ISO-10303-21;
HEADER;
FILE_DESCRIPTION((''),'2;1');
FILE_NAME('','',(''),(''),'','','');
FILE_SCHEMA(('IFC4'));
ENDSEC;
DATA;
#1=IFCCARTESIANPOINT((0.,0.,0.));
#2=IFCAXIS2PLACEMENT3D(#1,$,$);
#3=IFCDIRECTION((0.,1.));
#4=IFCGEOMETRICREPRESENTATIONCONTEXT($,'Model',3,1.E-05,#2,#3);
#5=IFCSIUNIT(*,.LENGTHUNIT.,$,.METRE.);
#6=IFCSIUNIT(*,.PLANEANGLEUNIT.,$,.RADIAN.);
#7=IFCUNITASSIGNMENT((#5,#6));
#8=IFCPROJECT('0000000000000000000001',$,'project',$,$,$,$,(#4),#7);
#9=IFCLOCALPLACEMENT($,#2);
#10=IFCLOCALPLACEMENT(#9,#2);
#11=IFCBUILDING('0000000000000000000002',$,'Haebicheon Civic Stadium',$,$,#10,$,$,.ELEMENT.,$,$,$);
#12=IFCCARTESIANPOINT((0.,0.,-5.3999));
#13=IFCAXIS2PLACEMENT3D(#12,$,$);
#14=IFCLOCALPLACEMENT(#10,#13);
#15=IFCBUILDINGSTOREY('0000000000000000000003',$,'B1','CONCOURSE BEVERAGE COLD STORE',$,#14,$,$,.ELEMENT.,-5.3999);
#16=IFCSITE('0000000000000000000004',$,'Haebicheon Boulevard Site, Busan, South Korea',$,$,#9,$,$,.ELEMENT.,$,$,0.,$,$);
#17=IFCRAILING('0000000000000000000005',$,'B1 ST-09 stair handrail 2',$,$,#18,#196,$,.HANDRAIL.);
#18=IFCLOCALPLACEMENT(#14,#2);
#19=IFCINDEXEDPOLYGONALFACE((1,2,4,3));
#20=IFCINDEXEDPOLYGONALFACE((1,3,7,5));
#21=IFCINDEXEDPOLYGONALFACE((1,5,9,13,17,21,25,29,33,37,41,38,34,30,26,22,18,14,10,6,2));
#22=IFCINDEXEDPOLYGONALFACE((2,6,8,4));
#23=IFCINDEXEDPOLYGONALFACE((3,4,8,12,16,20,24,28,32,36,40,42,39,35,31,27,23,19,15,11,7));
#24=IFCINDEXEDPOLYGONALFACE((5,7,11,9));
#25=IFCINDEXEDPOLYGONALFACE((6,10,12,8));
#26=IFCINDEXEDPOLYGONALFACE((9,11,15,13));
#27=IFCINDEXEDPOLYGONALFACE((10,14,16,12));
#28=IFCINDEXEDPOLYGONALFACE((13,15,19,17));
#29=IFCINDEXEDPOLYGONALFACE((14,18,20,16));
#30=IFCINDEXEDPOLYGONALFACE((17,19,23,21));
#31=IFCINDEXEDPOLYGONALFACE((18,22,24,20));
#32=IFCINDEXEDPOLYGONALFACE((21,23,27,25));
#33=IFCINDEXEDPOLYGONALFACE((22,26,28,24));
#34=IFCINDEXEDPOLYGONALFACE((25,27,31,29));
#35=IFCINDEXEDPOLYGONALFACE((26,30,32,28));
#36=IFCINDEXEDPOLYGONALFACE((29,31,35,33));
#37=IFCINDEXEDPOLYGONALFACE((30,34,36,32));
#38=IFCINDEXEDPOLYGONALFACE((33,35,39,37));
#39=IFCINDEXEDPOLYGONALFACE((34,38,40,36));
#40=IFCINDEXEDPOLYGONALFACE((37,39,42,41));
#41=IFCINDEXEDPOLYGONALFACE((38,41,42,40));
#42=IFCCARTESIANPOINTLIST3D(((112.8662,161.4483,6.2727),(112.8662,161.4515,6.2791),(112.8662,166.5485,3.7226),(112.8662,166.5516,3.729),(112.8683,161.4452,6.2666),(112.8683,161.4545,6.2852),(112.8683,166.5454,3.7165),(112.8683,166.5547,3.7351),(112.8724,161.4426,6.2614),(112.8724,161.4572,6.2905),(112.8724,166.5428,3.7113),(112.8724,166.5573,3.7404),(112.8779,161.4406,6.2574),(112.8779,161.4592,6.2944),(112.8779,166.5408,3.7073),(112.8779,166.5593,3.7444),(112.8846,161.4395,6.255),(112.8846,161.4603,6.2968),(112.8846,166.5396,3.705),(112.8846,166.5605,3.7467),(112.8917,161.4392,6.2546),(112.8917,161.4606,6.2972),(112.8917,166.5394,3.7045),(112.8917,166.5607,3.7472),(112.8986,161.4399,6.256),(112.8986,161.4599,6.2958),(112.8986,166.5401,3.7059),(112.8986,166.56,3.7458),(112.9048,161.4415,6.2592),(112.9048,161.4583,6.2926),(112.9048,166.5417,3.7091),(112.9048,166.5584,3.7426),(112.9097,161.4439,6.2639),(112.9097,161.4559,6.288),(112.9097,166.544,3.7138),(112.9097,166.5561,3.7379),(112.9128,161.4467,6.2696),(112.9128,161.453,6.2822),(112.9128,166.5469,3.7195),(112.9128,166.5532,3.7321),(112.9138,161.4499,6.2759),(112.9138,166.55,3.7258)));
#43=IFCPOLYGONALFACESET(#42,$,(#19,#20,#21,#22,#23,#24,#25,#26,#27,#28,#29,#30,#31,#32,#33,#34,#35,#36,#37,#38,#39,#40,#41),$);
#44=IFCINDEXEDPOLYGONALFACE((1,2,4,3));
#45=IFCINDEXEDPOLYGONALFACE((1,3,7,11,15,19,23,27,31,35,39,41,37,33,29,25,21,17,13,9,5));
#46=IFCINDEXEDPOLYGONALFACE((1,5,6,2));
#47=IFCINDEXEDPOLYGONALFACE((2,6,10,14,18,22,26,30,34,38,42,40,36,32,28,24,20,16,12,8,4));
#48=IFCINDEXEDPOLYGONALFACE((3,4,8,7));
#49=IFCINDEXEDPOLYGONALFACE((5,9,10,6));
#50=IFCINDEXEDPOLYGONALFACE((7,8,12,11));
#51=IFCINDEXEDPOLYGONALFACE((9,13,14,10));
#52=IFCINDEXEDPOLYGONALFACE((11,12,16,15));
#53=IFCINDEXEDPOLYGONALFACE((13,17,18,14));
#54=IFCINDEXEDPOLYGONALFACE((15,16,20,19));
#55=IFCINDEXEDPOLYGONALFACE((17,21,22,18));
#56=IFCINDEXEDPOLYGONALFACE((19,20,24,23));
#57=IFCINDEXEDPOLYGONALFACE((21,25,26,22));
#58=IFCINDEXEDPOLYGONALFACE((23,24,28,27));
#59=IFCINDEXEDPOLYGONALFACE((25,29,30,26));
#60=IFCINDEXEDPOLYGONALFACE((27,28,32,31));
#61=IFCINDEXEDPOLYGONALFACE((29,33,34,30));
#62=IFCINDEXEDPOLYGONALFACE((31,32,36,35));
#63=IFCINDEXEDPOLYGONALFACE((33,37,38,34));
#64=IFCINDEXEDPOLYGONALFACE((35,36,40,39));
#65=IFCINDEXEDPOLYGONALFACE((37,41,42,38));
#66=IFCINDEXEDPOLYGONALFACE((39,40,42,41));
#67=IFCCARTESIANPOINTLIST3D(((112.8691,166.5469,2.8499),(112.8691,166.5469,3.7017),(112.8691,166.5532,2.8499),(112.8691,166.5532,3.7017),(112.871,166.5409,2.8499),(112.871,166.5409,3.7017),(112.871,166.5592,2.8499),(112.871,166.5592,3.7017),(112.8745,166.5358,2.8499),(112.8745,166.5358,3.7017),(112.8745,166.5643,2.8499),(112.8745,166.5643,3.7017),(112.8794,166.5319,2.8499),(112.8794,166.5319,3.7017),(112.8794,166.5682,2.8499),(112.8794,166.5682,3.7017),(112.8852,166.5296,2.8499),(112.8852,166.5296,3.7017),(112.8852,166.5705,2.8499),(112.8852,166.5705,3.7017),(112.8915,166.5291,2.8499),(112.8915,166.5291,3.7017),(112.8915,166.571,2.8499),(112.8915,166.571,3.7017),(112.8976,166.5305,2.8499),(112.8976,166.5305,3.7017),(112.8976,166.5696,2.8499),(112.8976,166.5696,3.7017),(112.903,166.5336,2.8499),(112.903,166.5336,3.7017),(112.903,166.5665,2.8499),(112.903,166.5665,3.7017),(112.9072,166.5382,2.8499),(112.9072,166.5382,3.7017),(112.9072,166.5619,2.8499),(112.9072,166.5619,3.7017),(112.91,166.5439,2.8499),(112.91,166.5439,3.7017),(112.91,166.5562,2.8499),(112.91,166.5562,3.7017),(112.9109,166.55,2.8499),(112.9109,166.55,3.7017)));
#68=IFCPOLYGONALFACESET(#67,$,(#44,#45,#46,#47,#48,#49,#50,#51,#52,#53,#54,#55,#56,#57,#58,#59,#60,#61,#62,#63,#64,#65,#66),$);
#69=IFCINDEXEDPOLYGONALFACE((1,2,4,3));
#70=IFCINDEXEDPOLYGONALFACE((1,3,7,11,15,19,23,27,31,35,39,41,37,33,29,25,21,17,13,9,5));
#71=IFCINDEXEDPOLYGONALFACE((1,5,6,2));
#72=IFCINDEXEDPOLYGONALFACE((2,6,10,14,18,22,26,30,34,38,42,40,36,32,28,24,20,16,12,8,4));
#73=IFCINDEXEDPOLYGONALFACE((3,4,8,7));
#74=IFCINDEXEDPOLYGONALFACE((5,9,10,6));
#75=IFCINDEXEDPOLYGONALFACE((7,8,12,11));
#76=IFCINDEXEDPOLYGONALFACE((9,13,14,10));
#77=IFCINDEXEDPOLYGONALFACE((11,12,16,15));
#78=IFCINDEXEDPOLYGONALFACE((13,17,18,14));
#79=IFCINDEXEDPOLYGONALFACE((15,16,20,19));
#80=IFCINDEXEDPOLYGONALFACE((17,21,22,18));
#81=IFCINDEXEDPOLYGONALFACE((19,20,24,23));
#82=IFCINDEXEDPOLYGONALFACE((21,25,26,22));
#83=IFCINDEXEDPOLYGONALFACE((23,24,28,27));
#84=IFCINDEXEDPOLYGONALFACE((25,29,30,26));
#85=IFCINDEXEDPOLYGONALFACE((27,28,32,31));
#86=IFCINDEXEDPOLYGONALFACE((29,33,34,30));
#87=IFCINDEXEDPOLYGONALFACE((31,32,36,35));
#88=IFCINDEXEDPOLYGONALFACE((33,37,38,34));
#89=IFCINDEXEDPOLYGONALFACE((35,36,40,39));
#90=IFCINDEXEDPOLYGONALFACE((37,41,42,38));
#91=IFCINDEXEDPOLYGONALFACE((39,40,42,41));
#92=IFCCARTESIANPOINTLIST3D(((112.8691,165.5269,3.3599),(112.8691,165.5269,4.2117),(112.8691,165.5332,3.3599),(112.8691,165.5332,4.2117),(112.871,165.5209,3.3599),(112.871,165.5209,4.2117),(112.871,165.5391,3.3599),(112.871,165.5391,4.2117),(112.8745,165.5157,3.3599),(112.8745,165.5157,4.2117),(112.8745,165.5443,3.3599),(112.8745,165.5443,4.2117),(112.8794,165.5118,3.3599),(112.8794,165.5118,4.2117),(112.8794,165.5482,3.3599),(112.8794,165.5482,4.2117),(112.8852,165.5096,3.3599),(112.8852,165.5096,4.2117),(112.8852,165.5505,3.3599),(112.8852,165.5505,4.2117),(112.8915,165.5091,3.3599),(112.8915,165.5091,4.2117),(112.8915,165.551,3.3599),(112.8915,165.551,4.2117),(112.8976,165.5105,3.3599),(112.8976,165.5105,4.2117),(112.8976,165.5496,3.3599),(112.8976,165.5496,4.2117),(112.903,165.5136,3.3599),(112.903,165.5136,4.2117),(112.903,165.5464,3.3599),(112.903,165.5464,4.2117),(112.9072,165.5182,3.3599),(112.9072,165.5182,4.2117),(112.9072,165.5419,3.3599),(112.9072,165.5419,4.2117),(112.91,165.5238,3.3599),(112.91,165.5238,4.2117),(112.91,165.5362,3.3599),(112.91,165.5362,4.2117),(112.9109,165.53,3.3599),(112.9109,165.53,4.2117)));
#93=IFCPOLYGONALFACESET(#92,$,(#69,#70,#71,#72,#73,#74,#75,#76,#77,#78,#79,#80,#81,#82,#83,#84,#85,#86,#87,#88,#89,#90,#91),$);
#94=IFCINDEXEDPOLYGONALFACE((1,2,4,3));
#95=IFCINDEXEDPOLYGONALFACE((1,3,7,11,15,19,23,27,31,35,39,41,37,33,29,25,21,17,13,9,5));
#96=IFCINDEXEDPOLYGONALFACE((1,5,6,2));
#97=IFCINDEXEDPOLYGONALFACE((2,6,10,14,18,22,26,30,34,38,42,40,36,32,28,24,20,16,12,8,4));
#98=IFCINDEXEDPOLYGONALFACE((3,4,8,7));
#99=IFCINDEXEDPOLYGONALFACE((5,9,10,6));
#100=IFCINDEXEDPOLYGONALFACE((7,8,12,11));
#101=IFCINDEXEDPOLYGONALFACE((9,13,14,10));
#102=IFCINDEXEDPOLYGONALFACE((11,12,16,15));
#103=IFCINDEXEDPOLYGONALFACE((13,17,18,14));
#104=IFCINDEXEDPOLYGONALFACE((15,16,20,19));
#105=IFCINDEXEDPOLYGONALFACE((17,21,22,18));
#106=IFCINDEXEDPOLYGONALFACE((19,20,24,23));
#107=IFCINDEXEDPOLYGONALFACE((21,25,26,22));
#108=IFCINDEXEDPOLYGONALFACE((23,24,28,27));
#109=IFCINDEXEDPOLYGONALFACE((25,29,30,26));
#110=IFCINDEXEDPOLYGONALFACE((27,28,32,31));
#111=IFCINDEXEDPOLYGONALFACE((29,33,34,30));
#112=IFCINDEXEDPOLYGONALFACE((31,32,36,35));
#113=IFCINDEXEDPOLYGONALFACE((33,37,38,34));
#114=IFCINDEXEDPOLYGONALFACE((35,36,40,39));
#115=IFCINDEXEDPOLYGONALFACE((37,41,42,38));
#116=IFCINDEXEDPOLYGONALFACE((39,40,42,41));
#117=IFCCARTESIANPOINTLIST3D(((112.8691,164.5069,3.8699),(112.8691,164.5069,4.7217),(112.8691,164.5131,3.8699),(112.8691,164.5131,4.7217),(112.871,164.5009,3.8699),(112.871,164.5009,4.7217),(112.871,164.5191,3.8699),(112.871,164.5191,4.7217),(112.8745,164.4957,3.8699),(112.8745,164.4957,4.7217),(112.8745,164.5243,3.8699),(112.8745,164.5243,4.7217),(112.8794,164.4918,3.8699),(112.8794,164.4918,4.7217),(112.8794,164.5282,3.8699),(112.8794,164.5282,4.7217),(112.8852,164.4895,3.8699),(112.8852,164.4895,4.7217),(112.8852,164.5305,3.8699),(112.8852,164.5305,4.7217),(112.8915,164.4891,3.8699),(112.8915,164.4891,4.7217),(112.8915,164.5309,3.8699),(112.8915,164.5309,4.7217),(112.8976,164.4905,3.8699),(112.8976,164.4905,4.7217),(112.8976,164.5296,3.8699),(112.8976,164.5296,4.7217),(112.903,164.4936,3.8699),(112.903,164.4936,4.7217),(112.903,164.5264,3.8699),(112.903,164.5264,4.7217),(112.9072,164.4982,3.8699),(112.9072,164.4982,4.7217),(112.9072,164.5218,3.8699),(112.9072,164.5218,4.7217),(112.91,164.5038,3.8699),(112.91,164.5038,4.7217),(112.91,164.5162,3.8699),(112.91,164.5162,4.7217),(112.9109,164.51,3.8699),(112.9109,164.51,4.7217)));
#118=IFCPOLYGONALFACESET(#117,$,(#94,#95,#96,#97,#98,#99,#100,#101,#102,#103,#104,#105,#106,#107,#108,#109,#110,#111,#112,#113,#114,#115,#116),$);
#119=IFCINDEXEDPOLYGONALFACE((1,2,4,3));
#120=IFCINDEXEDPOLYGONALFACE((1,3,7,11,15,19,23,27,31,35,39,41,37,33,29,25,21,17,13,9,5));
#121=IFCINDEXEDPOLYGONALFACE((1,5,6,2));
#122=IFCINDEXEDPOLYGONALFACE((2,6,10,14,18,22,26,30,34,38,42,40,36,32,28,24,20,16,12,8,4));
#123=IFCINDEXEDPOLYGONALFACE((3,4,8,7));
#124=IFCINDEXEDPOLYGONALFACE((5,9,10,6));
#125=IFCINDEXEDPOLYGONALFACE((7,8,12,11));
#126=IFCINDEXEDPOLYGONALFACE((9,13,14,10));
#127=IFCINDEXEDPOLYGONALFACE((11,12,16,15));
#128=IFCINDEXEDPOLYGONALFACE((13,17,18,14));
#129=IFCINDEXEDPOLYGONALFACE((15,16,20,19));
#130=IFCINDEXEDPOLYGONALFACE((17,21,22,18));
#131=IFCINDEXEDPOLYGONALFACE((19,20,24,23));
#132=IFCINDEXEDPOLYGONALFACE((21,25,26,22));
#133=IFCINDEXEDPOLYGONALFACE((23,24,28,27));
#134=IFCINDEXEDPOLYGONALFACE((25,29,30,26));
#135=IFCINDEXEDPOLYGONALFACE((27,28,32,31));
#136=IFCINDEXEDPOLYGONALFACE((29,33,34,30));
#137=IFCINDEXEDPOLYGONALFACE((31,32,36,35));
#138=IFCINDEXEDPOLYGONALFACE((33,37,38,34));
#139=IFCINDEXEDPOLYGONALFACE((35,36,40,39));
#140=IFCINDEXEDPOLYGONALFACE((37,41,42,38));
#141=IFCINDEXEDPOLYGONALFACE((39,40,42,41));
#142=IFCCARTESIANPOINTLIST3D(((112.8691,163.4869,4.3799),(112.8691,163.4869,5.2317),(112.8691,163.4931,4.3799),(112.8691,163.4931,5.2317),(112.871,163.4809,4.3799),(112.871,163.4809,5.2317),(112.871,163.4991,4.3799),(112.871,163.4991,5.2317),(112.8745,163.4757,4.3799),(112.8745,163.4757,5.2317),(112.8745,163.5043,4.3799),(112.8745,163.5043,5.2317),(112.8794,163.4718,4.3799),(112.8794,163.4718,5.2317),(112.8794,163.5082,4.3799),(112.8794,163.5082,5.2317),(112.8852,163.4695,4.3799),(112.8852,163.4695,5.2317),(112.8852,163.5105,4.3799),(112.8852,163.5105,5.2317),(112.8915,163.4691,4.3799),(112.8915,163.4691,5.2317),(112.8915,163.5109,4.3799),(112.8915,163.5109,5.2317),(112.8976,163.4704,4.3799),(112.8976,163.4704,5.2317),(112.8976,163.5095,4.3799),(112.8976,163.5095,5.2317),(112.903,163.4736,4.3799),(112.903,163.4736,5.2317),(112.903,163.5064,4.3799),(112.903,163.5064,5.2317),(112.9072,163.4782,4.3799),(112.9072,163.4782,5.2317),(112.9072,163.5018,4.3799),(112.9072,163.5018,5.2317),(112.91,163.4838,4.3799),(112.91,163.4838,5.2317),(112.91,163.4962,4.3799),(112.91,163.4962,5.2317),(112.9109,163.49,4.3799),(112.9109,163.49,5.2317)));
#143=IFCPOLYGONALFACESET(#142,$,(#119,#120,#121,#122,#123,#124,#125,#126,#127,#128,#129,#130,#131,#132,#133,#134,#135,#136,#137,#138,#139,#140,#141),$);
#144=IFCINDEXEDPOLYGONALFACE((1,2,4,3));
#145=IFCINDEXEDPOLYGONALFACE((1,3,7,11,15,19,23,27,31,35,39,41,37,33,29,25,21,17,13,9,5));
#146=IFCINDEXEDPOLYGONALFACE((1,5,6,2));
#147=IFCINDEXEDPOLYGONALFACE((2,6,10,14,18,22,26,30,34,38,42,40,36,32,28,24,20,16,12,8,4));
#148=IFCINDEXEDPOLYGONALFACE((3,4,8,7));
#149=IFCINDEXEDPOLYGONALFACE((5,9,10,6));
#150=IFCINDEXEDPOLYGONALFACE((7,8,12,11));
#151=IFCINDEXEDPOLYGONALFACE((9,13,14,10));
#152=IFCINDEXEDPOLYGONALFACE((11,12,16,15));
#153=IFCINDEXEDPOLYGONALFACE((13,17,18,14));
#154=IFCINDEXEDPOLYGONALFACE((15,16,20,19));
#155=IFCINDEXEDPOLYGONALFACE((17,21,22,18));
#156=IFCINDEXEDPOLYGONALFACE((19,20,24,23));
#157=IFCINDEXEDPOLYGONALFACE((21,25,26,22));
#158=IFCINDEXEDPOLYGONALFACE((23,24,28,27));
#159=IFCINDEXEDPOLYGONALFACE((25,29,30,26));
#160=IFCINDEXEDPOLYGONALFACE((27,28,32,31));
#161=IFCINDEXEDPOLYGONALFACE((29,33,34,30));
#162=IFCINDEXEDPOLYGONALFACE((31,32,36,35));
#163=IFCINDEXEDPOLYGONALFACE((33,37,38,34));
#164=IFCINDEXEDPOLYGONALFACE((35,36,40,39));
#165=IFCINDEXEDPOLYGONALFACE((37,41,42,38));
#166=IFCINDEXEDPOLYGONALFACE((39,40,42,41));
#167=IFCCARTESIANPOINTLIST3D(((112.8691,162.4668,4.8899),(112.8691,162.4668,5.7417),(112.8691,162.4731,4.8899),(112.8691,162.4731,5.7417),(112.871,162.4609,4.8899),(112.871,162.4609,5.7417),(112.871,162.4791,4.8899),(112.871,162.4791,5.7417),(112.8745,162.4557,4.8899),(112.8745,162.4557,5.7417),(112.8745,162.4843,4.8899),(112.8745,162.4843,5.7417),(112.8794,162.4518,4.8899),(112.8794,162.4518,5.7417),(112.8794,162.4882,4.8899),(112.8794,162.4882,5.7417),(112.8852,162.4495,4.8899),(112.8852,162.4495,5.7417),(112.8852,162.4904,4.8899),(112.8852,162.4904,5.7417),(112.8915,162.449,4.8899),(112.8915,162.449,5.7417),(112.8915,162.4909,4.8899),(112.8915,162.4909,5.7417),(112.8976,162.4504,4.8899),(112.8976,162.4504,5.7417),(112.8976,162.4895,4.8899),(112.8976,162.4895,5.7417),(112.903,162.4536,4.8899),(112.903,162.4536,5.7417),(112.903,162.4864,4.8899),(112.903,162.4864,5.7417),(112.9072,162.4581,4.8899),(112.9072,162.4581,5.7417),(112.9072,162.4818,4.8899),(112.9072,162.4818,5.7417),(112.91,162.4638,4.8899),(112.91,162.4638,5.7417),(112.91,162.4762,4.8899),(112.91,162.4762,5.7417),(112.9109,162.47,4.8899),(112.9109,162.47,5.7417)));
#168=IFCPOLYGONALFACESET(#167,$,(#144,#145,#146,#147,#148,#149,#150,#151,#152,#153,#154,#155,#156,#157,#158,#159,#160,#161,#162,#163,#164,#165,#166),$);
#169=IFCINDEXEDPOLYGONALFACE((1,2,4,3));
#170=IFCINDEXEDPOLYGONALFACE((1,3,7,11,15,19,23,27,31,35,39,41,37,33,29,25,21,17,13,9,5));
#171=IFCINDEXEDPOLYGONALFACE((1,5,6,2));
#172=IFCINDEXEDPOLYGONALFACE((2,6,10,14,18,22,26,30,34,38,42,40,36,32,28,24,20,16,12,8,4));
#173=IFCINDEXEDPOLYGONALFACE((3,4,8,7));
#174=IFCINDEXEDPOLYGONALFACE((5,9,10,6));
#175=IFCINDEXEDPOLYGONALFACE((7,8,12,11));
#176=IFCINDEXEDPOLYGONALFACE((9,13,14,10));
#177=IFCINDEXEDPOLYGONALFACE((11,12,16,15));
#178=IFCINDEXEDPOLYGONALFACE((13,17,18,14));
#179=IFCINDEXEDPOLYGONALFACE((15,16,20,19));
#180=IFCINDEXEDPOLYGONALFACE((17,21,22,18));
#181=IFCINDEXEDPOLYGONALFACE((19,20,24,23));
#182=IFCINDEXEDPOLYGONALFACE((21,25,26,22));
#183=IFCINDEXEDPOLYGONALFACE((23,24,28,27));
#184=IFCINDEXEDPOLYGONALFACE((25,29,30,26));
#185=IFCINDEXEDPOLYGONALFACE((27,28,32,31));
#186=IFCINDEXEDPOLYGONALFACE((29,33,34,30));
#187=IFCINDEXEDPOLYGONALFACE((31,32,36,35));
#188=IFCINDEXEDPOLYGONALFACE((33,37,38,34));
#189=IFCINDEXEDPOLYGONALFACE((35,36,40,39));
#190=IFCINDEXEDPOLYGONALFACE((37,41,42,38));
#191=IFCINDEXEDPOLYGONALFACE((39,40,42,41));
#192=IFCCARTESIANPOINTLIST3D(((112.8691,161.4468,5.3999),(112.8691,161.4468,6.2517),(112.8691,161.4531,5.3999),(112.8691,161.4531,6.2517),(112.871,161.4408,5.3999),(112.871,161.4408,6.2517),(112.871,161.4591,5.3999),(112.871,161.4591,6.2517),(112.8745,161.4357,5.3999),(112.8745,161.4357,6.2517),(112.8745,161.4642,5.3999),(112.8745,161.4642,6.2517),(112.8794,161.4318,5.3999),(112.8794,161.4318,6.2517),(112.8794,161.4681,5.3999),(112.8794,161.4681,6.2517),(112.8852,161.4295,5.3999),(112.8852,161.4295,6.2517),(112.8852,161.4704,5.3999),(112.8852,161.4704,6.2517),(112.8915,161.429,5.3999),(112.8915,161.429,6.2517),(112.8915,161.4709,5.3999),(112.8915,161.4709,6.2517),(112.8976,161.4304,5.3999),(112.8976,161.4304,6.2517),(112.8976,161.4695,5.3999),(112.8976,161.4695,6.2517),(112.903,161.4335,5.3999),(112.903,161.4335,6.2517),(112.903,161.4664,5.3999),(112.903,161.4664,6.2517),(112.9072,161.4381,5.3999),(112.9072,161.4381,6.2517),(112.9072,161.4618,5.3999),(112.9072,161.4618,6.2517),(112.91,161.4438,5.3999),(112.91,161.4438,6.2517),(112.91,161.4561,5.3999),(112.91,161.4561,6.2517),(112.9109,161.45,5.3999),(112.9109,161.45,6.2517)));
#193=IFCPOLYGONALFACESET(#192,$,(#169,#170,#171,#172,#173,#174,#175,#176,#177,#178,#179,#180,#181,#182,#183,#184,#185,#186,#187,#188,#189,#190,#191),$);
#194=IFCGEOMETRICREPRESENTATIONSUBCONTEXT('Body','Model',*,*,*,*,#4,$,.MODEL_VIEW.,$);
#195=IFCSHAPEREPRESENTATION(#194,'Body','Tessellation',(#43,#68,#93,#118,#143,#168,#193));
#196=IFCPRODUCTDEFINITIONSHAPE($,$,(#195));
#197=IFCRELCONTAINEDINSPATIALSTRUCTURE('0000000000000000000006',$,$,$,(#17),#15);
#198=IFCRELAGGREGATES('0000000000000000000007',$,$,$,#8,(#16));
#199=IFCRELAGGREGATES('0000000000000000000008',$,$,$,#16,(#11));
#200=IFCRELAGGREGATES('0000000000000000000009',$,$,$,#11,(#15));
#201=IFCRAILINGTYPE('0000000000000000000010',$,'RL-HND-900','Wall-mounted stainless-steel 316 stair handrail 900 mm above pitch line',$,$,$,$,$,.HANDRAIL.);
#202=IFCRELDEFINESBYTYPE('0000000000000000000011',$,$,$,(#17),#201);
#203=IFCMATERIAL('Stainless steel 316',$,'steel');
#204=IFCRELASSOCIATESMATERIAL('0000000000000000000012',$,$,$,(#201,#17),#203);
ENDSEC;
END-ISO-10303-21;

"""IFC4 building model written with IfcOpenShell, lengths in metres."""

from ifc_helpers import new_model, si_unit, direction, frame, origin, origin_2d, place, context, subcontext, project, spatial, circle, extrude, material, type_object, element, save


model = new_model("IFC4")

# Units and contexts
model_context = context("Model", 3, precision=1e-05, world=origin(), true_north=direction((0.0, 1.0)))
body_context = subcontext(model_context, "Body", "Model", "MODEL_VIEW")
ifc_project = project(units=[si_unit("LENGTHUNIT", "METRE"), si_unit("PLANEANGLEUNIT", "RADIAN")], contexts=[model_context])

# Site, building, storey
site_placement = place(None, origin())
site = spatial("IfcSite", under=ifc_project, at=site_placement, Name="Haebicheon Boulevard Site, Busan, South Korea", CompositionType="ELEMENT", RefElevation=0.0)
building_placement = place(site_placement, origin())
building = spatial("IfcBuilding", under=site, at=building_placement, Name="Haebicheon Civic Stadium", CompositionType="ELEMENT")
storey_placement = place(building_placement, frame((0.0, 0.0, -5.3999)))
storey = spatial("IfcBuildingStorey", under=building, at=storey_placement, Name="B1", Description="CONCOURSE BEVERAGE COLD STORE", CompositionType="ELEMENT", Elevation=-5.3999)

# Railing
ifc_material_1 = material(Name="Stainless steel 316", Category="steel")
railing_type_1 = type_object("IfcRailingType", Name="RL-HND-900", Description="Wall-mounted stainless-steel 316 stair handrail 900 mm above pitch line", PredefinedType="HANDRAIL", material=ifc_material_1)
railing_1_placement = place(storey_placement, frame((112.8899, 166.55, 2.8499)))
element("IfcRailing", 1, at=railing_1_placement, inside=storey, type_object=railing_type_1, material=ifc_material_1, Name="B1 ST-09 stair handrail 2", PredefinedType="HANDRAIL", context=body_context, shape_type="SweptSolid", body=[
    extrude(circle(Radius=0.0239, at=origin_2d()), frame((0.0, 0.0, 0.876), z_axis=(0.0, -0.894427, 0.447214), x_axis=(1.0, 0.0, 0.0)), (0.0, 0.0, 1.0), 5.7021),
    extrude(circle(Radius=0.021, at=origin_2d()), origin(), (0.0, 0.0, 1.0), 0.8518),
    extrude(circle(Radius=0.021, at=origin_2d()), frame((0.0, -1.02, 0.51)), (0.0, 0.0, 1.0), 0.8518),
    extrude(circle(Radius=0.021, at=origin_2d()), frame((0.0, -2.04, 1.02)), (0.0, 0.0, 1.0), 0.8518),
    extrude(circle(Radius=0.021, at=origin_2d()), frame((0.0, -3.0601, 1.53)), (0.0, 0.0, 1.0), 0.8518),
    extrude(circle(Radius=0.021, at=origin_2d()), frame((0.0, -4.0801, 2.04)), (0.0, 0.0, 1.0), 0.8518),
    extrude(circle(Radius=0.021, at=origin_2d()), frame((0.0, -5.1001, 2.55)), (0.0, 0.0, 1.0), 0.8518),
])

save(model, "model.ifc")
